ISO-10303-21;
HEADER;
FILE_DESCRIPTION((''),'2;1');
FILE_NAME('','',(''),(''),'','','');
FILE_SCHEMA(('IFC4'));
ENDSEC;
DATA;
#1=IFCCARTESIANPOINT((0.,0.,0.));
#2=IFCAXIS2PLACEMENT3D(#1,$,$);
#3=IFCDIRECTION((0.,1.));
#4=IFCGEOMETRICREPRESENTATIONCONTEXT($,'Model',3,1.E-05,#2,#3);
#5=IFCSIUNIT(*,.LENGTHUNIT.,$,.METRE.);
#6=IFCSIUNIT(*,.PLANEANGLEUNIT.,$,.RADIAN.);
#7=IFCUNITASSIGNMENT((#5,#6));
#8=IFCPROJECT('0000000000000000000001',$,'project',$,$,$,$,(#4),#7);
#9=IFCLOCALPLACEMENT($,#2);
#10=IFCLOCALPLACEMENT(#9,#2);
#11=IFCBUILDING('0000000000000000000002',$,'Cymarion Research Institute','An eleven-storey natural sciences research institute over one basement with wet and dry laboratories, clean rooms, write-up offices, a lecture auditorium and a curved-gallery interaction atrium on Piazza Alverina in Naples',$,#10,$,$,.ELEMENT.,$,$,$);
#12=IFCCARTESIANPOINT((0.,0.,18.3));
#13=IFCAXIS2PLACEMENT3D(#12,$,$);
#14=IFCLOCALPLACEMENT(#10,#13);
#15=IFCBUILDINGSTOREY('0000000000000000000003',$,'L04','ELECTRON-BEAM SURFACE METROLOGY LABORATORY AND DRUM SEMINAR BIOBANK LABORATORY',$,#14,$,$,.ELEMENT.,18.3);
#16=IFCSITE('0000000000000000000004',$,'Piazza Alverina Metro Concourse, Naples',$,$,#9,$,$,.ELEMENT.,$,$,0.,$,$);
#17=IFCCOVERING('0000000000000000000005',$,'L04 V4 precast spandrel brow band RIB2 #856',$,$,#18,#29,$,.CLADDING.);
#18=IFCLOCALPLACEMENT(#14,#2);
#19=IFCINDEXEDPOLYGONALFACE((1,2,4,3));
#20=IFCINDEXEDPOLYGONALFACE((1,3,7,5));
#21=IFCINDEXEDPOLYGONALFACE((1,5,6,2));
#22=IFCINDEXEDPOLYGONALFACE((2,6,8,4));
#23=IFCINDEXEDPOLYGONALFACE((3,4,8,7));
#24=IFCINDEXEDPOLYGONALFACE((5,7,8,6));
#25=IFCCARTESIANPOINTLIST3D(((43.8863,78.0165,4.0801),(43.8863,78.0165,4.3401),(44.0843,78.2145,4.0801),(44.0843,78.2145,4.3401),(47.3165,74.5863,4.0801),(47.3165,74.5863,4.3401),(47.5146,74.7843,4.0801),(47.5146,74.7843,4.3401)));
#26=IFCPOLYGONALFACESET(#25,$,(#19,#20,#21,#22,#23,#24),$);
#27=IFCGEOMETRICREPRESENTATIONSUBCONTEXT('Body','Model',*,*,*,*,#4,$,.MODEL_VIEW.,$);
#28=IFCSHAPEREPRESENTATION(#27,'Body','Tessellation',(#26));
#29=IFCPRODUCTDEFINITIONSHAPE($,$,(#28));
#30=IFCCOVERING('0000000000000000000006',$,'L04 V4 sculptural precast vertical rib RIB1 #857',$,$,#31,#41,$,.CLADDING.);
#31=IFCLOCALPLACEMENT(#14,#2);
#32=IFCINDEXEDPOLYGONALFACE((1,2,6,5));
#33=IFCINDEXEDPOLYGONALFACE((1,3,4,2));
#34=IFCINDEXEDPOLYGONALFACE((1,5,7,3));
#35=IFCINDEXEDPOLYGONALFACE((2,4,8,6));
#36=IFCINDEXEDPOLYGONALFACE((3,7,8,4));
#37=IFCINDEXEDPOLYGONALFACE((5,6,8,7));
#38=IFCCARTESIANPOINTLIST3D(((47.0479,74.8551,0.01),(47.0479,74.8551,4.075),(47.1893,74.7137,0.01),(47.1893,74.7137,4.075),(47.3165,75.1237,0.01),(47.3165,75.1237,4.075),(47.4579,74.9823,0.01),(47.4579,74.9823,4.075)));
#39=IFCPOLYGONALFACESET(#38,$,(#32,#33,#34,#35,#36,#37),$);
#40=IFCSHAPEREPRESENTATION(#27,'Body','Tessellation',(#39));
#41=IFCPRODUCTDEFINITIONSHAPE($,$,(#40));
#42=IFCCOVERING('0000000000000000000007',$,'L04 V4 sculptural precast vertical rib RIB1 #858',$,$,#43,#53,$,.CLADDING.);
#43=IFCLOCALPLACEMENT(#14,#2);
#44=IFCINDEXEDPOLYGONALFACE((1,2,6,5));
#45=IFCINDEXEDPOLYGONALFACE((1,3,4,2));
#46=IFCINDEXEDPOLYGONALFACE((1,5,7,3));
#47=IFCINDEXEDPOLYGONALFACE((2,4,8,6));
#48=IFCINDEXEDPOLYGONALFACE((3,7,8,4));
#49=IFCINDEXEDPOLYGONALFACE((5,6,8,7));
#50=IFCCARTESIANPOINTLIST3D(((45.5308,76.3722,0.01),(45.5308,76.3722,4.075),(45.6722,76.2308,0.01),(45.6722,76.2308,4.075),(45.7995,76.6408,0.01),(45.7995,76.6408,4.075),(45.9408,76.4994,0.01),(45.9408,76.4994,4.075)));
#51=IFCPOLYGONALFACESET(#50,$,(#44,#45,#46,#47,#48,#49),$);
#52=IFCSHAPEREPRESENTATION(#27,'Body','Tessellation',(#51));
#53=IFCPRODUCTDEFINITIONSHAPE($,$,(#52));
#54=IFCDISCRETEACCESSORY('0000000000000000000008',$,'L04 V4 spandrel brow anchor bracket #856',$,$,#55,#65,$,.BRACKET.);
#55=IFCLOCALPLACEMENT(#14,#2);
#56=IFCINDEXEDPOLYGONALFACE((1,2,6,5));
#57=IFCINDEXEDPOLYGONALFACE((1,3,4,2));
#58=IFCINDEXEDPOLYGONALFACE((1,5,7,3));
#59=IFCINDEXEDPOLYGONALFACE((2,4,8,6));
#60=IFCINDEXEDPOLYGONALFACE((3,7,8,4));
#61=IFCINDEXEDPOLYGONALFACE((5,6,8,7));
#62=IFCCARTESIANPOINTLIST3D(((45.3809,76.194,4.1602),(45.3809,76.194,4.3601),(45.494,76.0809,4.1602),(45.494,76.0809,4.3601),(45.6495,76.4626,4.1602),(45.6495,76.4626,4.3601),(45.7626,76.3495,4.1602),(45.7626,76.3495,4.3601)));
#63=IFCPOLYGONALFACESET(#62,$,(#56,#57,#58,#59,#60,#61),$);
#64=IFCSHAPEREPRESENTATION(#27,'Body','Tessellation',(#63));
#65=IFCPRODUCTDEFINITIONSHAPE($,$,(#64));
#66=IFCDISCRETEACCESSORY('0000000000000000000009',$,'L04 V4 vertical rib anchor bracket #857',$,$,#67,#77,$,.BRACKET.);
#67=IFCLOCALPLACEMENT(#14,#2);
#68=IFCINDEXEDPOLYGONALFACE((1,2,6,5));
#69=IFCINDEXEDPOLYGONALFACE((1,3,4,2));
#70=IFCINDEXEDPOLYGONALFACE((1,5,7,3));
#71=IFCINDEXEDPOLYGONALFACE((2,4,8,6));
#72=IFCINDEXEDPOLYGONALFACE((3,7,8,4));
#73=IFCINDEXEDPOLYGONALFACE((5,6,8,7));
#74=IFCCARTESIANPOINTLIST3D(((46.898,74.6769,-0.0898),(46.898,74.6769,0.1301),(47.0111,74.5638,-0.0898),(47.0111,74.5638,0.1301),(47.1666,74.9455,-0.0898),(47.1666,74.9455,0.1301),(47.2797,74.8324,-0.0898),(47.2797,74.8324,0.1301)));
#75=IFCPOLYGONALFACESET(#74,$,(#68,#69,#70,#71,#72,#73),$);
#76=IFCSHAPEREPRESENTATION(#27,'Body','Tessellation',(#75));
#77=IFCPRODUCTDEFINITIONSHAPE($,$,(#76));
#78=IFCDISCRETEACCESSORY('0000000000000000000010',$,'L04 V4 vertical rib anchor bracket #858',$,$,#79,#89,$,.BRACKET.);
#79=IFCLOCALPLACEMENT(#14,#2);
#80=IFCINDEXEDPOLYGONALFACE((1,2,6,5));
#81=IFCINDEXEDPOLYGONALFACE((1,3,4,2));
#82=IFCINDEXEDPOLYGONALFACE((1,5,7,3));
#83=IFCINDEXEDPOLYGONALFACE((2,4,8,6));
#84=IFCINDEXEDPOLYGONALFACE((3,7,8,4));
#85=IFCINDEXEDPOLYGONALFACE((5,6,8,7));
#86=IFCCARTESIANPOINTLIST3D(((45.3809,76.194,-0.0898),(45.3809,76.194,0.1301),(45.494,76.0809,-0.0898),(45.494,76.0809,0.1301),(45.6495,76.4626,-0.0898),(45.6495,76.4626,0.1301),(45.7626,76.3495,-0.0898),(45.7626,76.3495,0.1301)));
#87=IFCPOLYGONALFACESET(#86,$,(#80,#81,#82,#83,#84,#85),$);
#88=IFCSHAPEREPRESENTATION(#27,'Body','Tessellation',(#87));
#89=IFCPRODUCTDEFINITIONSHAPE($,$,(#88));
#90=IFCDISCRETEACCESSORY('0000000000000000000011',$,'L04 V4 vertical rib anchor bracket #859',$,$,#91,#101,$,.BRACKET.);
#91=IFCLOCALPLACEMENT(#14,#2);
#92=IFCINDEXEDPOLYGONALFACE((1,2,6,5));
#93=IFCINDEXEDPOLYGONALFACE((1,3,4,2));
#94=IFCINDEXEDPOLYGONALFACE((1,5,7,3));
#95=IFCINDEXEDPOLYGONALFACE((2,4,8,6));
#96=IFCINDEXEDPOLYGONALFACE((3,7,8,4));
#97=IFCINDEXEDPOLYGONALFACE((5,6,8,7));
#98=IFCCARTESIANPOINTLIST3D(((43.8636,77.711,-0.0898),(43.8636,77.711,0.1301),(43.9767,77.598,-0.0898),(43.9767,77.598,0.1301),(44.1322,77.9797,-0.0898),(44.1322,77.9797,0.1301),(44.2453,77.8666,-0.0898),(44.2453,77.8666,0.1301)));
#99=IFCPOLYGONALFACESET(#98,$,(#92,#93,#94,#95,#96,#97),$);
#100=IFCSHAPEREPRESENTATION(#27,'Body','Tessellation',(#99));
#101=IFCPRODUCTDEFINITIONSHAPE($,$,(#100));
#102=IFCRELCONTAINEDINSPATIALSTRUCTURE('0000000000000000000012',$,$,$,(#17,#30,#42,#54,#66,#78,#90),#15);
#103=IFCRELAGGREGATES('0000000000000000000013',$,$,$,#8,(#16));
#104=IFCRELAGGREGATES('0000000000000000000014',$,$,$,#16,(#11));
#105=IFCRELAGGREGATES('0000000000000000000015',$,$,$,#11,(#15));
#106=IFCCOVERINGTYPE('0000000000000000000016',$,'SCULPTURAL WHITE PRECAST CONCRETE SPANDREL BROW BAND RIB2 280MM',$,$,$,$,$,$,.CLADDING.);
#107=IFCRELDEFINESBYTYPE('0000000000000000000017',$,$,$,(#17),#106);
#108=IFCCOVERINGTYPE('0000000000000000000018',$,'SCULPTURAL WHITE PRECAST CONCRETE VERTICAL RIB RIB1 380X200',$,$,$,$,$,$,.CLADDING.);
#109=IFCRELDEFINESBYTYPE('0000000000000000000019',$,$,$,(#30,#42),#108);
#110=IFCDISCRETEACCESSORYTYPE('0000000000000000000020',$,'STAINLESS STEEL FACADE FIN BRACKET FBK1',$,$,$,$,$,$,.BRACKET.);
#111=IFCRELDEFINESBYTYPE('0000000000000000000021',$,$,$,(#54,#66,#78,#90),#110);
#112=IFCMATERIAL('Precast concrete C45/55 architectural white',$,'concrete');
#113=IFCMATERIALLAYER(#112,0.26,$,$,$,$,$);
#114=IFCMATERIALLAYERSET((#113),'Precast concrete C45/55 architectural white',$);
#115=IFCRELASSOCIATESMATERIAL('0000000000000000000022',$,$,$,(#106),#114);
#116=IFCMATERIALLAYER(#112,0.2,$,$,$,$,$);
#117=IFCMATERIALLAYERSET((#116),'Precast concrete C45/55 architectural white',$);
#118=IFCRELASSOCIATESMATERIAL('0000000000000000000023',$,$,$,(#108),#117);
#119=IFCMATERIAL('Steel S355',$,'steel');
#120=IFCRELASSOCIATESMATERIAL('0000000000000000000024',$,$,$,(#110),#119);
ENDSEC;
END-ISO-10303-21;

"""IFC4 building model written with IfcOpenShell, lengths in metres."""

from ifc_helpers import new_model, si_unit, direction, frame, origin, origin_2d, place, context, subcontext, project, spatial, rectangle, extrude, material, layer, layer_set, type_object, element, save


model = new_model("IFC4")

# Units and contexts
model_context = context("Model", 3, precision=1e-05, world=origin(), true_north=direction((0.0, 1.0)))
body_context = subcontext(model_context, "Body", "Model", "MODEL_VIEW")
ifc_project = project(units=[si_unit("LENGTHUNIT", "METRE"), si_unit("PLANEANGLEUNIT", "RADIAN")], contexts=[model_context])

# Site, building, storey
site_placement = place(None, origin())
site = spatial("IfcSite", under=ifc_project, at=site_placement, Name="Piazza Alverina Metro Concourse, Naples", CompositionType="ELEMENT", RefElevation=0.0)
building_placement = place(site_placement, origin())
building = spatial("IfcBuilding", under=site, at=building_placement, Name="Cymarion Research Institute", Description="An eleven-storey natural sciences research institute over one basement with wet and dry laboratories, clean rooms, write-up offices, a lecture auditorium and a curved-gallery interaction atrium on Piazza Alverina in Naples", CompositionType="ELEMENT")
storey_placement = place(building_placement, frame((0.0, 0.0, 18.3)))
storey = spatial("IfcBuildingStorey", under=building, at=storey_placement, Name="L04", Description="ELECTRON-BEAM SURFACE METROLOGY LABORATORY AND DRUM SEMINAR BIOBANK LABORATORY", CompositionType="ELEMENT", Elevation=18.3)

# Coverings
ifc_material_1 = material(Name="Precast concrete C45/55 architectural white", Category="concrete")
ifc_layer_1 = layer(ifc_material_1, 0.26)
ifc_layer_set_1 = layer_set([ifc_layer_1], Name="Precast concrete C45/55 architectural white")
covering_type_1 = type_object("IfcCoveringType", Name="SCULPTURAL WHITE PRECAST CONCRETE SPANDREL BROW BAND RIB2 280MM", PredefinedType="CLADDING", material=ifc_layer_set_1)
covering_placement = place(storey_placement, frame((45.7004, 76.4004, 4.0801), z_axis=(0.0, 0.0, 1.0), x_axis=(0.707107, 0.707107, 0.0)))
element("IfcCovering", 1, at=covering_placement, inside=storey, type_object=covering_type_1, Name="L04 V4 precast spandrel brow band RIB2 #856", PredefinedType="CLADDING", context=body_context, shape_type="SweptSolid", body=[
    extrude(rectangle(XDim=0.28, YDim=4.8511, at=origin_2d()), origin(), (0.0, 0.0, 1.0), 0.26),
])
ifc_layer_2 = layer(ifc_material_1, 0.2)
ifc_layer_set_2 = layer_set([ifc_layer_2], Name="Precast concrete C45/55 architectural white")
covering_type_2 = type_object("IfcCoveringType", Name="SCULPTURAL WHITE PRECAST CONCRETE VERTICAL RIB RIB1 380X200", PredefinedType="CLADDING", material=ifc_layer_set_2)
for number, where, z_axis, x_axis, name in (
    (2, (47.2529, 74.9187, 0.01), (0.0, 0.0, 1.0), (0.707107, 0.707107, 0.0), "L04 V4 sculptural precast vertical rib RIB1 #857"),
    (3, (45.7358, 76.4358, 0.01), (0.0, 0.0, 1.0), (0.707107, 0.707107, 0.0), "L04 V4 sculptural precast vertical rib RIB1 #858"),
):
    element("IfcCovering", number, at=place(storey_placement, frame(where, z_axis=z_axis, x_axis=x_axis)), inside=storey, type_object=covering_type_2, Name=name, PredefinedType="CLADDING", context=body_context, shape_type="SweptSolid", body=[
        extrude(rectangle(XDim=0.3799, YDim=0.2, at=origin_2d()), origin(), (0.0, 0.0, 1.0), 4.0649),
    ])

# Discrete accessories
ifc_material_2 = material(Name="Steel S355", Category="steel")
discrete_accessory_type = type_object("IfcDiscreteAccessoryType", Name="STAINLESS STEEL FACADE FIN BRACKET FBK1", PredefinedType="BRACKET", material=ifc_material_2)
discrete_accessory_placement = place(storey_placement, frame((45.5718, 76.2717, 4.1602), z_axis=(0.0, 0.0, 1.0), x_axis=(0.707107, 0.707107, 0.0)))
element("IfcDiscreteAccessory", 4, at=discrete_accessory_placement, inside=storey, type_object=discrete_accessory_type, Name="L04 V4 spandrel brow anchor bracket #856", PredefinedType="BRACKET", context=body_context, shape_type="SweptSolid", body=[
    extrude(rectangle(XDim=0.3799, YDim=0.1599, at=origin_2d()), origin(), (0.0, 0.0, 1.0), 0.2),
])
for number, where, z_axis, x_axis, name in (
    (5, (47.0889, 74.7546, -0.0898), (0.0, 0.0, 1.0), (0.707107, 0.707107, 0.0), "L04 V4 vertical rib anchor bracket #857"),
    (6, (45.5718, 76.2717, -0.0898), (0.0, 0.0, 1.0), (0.707107, 0.707107, 0.0), "L04 V4 vertical rib anchor bracket #858"),
    (7, (44.0544, 77.7888, -0.0898), (0.0, 0.0, 1.0), (0.707107, 0.707107, 0.0), "L04 V4 vertical rib anchor bracket #859"),
):
    element("IfcDiscreteAccessory", number, at=place(storey_placement, frame(where, z_axis=z_axis, x_axis=x_axis)), inside=storey, type_object=discrete_accessory_type, Name=name, PredefinedType="BRACKET", context=body_context, shape_type="SweptSolid", body=[
        extrude(rectangle(XDim=0.3799, YDim=0.1599, at=origin_2d()), origin(), (0.0, 0.0, 1.0), 0.22),
    ])

save(model, "model.ifc")
